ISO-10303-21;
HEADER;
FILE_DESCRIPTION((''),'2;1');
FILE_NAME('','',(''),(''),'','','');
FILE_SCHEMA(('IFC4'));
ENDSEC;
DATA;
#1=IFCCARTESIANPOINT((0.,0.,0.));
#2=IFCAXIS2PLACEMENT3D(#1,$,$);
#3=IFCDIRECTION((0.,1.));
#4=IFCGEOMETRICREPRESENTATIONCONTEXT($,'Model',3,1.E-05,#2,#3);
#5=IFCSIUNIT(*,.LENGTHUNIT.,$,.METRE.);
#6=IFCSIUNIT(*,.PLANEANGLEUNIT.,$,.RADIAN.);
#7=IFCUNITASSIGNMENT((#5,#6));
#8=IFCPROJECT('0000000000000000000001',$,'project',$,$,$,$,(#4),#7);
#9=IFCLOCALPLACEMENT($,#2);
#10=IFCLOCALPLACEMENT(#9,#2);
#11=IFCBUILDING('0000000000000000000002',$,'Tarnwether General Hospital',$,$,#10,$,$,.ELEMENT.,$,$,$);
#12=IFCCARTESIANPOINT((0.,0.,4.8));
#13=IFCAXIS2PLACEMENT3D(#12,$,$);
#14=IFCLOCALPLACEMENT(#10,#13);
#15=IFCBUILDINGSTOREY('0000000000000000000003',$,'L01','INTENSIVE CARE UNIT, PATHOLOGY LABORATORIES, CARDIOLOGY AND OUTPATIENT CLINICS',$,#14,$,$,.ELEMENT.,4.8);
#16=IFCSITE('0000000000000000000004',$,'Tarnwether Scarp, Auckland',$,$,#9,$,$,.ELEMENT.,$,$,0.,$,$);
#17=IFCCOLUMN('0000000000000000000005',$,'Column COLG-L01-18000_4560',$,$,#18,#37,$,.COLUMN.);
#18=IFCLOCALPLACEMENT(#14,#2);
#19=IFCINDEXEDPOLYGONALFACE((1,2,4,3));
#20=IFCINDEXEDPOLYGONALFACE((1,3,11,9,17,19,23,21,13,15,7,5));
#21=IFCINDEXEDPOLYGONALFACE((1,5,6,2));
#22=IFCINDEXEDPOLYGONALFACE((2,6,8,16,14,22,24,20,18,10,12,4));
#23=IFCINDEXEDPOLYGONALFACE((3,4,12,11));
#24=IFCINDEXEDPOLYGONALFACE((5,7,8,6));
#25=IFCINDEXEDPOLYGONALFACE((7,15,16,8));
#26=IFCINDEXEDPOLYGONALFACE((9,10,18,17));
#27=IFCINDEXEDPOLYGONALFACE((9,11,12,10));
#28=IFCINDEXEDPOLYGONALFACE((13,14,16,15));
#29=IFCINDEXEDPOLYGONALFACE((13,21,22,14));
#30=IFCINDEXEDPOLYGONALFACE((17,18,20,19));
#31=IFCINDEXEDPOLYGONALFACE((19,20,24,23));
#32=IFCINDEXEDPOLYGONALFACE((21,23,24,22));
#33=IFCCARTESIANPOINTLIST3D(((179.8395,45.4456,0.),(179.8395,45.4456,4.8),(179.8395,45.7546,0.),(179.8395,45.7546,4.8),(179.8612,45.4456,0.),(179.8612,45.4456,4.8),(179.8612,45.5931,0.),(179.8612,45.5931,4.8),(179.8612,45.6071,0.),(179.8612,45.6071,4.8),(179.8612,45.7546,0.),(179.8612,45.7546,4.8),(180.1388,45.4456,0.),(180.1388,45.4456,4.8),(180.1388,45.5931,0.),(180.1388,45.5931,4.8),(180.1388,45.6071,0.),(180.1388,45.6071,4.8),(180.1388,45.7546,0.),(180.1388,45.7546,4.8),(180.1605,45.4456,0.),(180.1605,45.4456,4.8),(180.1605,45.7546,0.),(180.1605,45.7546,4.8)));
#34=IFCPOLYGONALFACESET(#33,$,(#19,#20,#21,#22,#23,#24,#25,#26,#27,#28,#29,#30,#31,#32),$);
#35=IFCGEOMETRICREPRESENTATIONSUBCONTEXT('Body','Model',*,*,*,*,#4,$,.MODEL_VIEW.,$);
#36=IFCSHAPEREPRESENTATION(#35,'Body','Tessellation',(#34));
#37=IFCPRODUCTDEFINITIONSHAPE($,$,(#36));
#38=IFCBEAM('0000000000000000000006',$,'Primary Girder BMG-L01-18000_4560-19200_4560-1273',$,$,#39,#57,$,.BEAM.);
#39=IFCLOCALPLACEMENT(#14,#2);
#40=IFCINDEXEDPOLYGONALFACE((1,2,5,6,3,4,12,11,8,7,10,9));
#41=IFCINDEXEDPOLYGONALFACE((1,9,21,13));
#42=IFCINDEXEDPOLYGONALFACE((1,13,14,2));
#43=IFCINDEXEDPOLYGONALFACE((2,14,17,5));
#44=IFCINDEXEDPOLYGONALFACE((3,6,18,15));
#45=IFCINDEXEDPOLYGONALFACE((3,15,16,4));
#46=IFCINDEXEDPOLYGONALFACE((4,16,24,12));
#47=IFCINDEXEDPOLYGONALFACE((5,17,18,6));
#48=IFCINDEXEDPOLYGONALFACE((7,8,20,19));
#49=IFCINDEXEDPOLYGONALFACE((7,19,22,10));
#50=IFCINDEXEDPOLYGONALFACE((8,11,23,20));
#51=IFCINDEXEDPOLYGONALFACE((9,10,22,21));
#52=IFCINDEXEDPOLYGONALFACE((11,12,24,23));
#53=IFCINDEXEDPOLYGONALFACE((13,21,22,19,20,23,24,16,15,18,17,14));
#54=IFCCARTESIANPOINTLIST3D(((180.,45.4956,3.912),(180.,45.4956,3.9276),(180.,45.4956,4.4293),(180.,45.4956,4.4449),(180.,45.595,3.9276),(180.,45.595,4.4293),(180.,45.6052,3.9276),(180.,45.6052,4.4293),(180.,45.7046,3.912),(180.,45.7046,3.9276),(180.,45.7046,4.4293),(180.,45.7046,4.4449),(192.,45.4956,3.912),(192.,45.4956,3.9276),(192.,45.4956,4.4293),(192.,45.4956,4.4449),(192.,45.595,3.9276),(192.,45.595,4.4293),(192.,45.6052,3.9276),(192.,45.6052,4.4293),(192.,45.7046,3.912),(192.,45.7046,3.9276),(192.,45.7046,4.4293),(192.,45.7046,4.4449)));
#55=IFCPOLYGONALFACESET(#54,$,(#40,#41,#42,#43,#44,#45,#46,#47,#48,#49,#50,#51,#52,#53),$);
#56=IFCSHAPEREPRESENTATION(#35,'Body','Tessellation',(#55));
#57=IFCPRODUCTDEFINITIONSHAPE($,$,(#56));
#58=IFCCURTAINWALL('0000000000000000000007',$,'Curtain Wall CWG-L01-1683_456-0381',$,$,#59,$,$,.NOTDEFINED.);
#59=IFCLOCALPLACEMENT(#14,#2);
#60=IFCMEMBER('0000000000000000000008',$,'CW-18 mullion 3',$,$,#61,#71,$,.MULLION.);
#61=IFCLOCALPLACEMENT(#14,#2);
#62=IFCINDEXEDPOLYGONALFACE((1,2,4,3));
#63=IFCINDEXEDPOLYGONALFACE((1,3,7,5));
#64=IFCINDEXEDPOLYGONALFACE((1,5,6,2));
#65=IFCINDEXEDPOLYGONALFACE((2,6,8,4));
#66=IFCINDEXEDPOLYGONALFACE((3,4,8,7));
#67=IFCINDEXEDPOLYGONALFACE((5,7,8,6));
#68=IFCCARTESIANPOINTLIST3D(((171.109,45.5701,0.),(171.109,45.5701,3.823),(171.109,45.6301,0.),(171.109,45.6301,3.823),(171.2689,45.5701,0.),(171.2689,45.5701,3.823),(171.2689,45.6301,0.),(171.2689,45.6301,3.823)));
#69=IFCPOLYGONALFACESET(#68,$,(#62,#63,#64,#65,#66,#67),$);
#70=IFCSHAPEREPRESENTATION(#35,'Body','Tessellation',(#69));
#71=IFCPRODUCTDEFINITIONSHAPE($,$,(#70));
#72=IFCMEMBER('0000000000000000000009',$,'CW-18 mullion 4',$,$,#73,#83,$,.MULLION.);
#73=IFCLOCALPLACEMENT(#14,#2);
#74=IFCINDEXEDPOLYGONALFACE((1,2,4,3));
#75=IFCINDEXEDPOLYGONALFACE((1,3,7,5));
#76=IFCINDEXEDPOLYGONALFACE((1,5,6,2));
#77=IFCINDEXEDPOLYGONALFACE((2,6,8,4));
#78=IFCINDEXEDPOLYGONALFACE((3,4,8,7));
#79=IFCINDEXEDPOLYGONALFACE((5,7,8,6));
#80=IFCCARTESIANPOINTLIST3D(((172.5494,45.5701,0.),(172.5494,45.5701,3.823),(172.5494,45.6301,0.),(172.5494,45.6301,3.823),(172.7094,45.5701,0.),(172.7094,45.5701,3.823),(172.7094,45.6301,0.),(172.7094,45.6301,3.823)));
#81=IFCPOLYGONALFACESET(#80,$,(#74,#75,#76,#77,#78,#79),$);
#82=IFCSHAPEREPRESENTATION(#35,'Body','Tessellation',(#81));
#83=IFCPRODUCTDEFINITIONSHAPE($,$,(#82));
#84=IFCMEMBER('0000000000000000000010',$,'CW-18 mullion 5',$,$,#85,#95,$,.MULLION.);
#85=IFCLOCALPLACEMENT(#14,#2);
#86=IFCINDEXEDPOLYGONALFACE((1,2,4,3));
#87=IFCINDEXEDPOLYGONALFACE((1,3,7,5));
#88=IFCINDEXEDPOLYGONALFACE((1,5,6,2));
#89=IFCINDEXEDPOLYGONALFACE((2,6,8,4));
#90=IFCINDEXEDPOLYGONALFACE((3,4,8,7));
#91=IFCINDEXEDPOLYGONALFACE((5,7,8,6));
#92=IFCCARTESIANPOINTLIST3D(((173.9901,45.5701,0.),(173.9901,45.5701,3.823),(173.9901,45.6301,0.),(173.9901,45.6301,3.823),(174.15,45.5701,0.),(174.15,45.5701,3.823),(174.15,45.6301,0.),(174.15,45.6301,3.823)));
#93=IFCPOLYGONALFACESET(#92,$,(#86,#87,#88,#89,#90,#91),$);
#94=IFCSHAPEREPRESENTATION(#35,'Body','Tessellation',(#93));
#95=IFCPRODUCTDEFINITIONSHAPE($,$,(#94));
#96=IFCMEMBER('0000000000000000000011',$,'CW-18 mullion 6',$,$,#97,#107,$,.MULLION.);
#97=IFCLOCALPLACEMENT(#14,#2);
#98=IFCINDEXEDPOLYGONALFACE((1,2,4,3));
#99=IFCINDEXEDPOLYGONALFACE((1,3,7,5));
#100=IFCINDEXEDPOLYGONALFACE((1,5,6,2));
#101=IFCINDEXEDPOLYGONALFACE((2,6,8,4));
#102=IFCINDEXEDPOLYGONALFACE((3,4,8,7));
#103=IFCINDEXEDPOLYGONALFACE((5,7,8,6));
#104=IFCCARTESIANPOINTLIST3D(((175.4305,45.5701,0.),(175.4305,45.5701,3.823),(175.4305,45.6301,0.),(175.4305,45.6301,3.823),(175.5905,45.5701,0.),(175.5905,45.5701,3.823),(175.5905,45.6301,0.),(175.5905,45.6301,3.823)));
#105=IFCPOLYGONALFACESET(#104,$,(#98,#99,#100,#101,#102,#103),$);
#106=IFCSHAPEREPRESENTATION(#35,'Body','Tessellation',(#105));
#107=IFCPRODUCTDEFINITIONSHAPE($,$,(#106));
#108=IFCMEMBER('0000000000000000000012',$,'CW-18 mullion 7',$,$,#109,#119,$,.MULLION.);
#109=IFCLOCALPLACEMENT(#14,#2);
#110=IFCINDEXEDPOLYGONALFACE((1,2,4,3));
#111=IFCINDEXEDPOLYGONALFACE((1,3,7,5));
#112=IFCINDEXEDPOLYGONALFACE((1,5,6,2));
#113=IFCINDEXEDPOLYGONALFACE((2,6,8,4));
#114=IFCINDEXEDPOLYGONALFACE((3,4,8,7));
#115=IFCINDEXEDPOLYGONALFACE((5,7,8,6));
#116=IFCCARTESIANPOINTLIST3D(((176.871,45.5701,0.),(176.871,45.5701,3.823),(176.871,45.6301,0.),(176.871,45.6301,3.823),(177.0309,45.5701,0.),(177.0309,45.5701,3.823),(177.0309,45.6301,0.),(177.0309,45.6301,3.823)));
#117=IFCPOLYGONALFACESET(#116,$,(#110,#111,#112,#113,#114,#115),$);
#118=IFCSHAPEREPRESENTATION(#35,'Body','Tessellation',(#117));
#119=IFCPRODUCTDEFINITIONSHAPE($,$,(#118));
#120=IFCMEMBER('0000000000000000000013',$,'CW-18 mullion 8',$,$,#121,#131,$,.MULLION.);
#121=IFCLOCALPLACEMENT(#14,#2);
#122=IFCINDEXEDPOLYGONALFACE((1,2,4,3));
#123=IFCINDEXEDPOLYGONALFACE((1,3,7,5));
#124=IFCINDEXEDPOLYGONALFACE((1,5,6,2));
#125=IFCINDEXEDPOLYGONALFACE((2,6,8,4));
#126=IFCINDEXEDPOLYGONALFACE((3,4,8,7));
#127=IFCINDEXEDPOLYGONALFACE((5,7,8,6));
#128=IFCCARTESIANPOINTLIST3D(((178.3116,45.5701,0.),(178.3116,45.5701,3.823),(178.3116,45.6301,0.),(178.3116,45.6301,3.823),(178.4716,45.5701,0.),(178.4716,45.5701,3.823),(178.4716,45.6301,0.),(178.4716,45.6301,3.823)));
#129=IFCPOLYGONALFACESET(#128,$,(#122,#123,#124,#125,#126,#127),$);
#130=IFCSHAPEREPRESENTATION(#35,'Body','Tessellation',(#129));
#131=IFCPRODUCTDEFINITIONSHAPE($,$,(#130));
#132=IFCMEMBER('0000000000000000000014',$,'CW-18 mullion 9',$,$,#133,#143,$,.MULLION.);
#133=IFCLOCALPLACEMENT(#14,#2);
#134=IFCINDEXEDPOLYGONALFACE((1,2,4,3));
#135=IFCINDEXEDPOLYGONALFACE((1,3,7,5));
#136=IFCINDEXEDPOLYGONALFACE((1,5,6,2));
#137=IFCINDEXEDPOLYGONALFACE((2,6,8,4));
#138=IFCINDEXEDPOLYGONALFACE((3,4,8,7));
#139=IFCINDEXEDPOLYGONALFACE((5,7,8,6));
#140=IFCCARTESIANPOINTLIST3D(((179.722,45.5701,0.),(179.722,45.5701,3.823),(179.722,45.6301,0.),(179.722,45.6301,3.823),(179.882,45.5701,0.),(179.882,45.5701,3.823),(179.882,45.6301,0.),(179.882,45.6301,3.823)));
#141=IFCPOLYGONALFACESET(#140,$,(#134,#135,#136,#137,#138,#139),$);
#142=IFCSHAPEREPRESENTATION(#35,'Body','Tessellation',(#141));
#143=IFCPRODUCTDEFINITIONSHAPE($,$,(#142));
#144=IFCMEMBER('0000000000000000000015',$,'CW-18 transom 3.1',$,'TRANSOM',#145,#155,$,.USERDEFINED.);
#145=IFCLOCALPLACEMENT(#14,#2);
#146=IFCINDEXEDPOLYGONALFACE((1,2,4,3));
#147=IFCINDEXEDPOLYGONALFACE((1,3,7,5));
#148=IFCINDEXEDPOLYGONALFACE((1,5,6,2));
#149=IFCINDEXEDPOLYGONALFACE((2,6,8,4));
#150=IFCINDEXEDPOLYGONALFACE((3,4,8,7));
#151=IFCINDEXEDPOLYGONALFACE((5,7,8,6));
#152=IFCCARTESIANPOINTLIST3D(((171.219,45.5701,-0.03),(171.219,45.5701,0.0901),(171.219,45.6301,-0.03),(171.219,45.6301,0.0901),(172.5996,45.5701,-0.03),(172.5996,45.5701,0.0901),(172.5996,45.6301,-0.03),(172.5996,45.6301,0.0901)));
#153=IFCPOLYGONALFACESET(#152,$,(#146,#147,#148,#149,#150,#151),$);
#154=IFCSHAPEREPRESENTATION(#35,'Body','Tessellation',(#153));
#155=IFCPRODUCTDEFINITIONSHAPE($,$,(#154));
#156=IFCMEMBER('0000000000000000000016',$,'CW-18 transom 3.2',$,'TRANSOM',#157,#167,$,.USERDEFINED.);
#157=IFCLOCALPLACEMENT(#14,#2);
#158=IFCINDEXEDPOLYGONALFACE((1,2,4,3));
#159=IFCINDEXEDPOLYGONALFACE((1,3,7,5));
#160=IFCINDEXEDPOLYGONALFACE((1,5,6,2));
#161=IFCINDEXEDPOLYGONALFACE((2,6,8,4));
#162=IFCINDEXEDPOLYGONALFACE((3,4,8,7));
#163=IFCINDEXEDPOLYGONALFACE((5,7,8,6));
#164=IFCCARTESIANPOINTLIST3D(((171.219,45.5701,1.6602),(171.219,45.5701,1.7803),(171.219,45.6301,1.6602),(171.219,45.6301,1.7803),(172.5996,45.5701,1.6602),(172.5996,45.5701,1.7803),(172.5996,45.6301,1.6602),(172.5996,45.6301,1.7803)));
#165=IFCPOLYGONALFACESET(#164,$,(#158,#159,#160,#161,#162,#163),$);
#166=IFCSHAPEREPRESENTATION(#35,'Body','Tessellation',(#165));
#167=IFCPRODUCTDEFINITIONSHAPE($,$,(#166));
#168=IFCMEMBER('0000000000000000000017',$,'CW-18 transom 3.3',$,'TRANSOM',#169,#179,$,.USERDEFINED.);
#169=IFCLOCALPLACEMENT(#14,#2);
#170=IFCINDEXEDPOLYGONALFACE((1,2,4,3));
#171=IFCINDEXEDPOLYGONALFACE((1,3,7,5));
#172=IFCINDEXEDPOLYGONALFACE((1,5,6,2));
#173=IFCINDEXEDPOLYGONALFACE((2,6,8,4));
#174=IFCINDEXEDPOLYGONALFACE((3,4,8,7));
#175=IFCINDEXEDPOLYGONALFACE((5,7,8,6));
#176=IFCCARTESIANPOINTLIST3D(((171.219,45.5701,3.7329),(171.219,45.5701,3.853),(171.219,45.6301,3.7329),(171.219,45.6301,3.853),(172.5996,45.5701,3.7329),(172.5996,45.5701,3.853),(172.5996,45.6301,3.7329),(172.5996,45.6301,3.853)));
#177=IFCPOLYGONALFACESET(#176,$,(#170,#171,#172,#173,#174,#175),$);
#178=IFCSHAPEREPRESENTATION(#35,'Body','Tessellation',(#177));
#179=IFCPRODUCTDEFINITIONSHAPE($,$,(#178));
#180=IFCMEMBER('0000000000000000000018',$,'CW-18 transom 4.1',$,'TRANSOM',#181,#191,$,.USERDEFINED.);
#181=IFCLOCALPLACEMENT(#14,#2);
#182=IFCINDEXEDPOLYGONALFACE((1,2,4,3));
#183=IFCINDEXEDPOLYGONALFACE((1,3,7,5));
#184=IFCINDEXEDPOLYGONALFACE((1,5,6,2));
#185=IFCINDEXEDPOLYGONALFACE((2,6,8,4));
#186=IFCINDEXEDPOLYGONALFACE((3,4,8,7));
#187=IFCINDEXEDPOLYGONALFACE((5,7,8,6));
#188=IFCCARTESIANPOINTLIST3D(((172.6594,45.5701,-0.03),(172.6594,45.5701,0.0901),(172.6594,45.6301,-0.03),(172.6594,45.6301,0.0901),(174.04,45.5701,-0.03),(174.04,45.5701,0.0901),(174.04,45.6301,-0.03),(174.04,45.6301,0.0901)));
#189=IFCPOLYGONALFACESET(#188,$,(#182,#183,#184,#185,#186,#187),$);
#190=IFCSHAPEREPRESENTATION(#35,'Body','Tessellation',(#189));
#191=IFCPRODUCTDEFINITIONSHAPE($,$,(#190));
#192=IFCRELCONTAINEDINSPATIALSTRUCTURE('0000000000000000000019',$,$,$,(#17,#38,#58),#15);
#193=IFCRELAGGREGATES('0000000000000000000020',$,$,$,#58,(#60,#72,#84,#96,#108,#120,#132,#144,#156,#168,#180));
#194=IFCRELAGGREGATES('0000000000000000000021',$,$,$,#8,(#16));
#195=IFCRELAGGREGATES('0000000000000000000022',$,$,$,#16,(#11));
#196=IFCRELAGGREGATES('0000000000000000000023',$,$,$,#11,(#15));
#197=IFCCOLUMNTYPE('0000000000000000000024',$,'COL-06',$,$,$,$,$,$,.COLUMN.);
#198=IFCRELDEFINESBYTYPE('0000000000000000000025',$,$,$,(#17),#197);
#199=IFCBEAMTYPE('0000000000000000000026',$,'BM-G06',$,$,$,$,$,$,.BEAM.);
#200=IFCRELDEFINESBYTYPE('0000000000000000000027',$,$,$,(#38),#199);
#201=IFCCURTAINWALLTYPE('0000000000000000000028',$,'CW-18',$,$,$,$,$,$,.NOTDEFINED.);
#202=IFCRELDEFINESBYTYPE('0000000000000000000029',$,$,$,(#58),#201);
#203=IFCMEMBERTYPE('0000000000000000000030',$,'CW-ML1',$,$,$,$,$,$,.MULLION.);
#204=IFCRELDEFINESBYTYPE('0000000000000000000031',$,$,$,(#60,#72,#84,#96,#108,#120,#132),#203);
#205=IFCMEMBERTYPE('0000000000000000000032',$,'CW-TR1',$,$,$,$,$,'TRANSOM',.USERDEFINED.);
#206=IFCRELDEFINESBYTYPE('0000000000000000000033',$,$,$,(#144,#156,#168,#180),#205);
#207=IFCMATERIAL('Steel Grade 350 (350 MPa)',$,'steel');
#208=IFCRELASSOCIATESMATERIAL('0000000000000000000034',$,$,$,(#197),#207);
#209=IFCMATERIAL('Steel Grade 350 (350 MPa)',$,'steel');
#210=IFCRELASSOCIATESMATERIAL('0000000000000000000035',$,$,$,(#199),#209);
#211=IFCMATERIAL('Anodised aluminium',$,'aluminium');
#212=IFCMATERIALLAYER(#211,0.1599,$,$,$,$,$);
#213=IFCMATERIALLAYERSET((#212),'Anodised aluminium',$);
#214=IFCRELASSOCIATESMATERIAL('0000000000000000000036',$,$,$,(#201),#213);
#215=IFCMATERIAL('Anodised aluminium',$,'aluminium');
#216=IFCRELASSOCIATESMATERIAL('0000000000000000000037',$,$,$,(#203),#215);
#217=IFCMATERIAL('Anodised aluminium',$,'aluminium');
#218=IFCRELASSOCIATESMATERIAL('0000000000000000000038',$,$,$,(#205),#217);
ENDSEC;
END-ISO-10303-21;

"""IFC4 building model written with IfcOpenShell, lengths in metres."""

from ifc_helpers import new_model, si_unit, direction, frame, origin, origin_2d, place, context, subcontext, project, spatial, rectangle, i_section, extrude, material, layer, layer_set, material_profile, profile_set, type_object, element, aggregate, save


model = new_model("IFC4")

# Units and contexts
model_context = context("Model", 3, precision=1e-05, world=origin(), true_north=direction((0.0, 1.0)))
body_context = subcontext(model_context, "Body", "Model", "MODEL_VIEW")
ifc_project = project(units=[si_unit("LENGTHUNIT", "METRE"), si_unit("PLANEANGLEUNIT", "RADIAN")], contexts=[model_context])

# Site, building, storey
site_placement = place(None, origin())
site = spatial("IfcSite", under=ifc_project, at=site_placement, Name="Tarnwether Scarp, Auckland", CompositionType="ELEMENT", RefElevation=0.0)
building_placement = place(site_placement, origin())
building = spatial("IfcBuilding", under=site, at=building_placement, Name="Tarnwether General Hospital", CompositionType="ELEMENT")
storey_placement = place(building_placement, frame((0.0, 0.0, 4.8)))
storey = spatial("IfcBuildingStorey", under=building, at=storey_placement, Name="L01", Description="INTENSIVE CARE UNIT, PATHOLOGY LABORATORIES, CARDIOLOGY AND OUTPATIENT CLINICS", CompositionType="ELEMENT", Elevation=4.8)

# Column
ifc_material_1 = material(Name="Steel Grade 350 (350 MPa)", Category="steel")
ifc_material_profile_1 = material_profile(ifc_material_1, i_section(OverallWidth=0.3091, OverallDepth=0.321, WebThickness=0.0139, FlangeThickness=0.0217, at=origin_2d()), Name="310UC137")
ifc_profile_set_1 = profile_set([ifc_material_profile_1], Name="Steel Grade 350 (350 MPa)")
column_type = type_object("IfcColumnType", Name="COL-06", PredefinedType="COLUMN", material=ifc_profile_set_1)
column_placement = place(storey_placement, frame((180.0, 45.6001, 0.0), z_axis=(0.0, 0.0, 1.0), x_axis=(0.0, 1.0, 0.0)))
element("IfcColumn", 1, at=column_placement, inside=storey, type_object=column_type, Name="Column COLG-L01-18000_4560", PredefinedType="COLUMN", context=body_context, shape_type="SweptSolid", body=[
    extrude(i_section(OverallWidth=0.3091, OverallDepth=0.321, WebThickness=0.0139, FlangeThickness=0.0217, at=origin_2d()), origin(), (0.0, 0.0, 1.0), 4.8),
])

# Beam
ifc_material_2 = material(Name="Steel Grade 350 (350 MPa)", Category="steel")
ifc_material_profile_2 = material_profile(ifc_material_2, i_section(OverallWidth=0.209, OverallDepth=0.533, WebThickness=0.0103, FlangeThickness=0.0156, at=origin_2d()), Name="530UB92.4")
ifc_profile_set_2 = profile_set([ifc_material_profile_2], Name="Steel Grade 350 (350 MPa)")
beam_type = type_object("IfcBeamType", Name="BM-G06", PredefinedType="BEAM", material=ifc_profile_set_2)
beam_placement = place(storey_placement, frame((180.0, 45.6001, 4.1785), z_axis=(1.0, 0.0, 0.0), x_axis=(0.0, 1.0, 0.0)))
element("IfcBeam", 2, at=beam_placement, inside=storey, type_object=beam_type, Name="Primary Girder BMG-L01-18000_4560-19200_4560-1273", PredefinedType="BEAM", context=body_context, shape_type="SweptSolid", body=[
    extrude(i_section(OverallWidth=0.209, OverallDepth=0.533, WebThickness=0.0103, FlangeThickness=0.0156, at=origin_2d()), origin(), (0.0, 0.0, 1.0), 12.0),
])

# Curtain wall, members
ifc_material_3 = material(Name="Anodised aluminium", Category="aluminium")
ifc_layer_1 = layer(ifc_material_3, 0.1599)
ifc_layer_set_1 = layer_set([ifc_layer_1], Name="Anodised aluminium")
curtain_wall_type = type_object("IfcCurtainWallType", Name="CW-18", PredefinedType="NOTDEFINED", material=ifc_layer_set_1)
curtain_wall_placement = place(storey_placement, origin())
curtain_wall = element("IfcCurtainWall", 3, at=curtain_wall_placement, inside=storey, type_object=curtain_wall_type, Name="Curtain Wall CWG-L01-1683_456-0381", PredefinedType="NOTDEFINED")
ifc_material_4 = material(Name="Anodised aluminium", Category="aluminium")
ifc_material_profile_3 = material_profile(ifc_material_4, rectangle(XDim=0.0601, YDim=0.1599, at=origin_2d()), Name="ALU-MUL-60x160")
ifc_profile_set_3 = profile_set([ifc_material_profile_3], Name="Anodised aluminium")
member_type_1 = type_object("IfcMemberType", Name="CW-ML1", PredefinedType="MULLION", material=ifc_profile_set_3)
member_1_placement = place(storey_placement, frame((171.189, 45.6001, 0.0), z_axis=(0.0, 0.0, 1.0), x_axis=(0.0, 1.0, 0.0)))
member_1 = element("IfcMember", 4, at=member_1_placement, type_object=member_type_1, Name="CW-18 mullion 3", PredefinedType="MULLION", context=body_context, shape_type="SweptSolid", body=[
    extrude(rectangle(XDim=0.0601, YDim=0.1599, at=origin_2d()), origin(), (0.0, 0.0, 1.0), 3.823),
])
member_2_placement = place(storey_placement, frame((172.6294, 45.6001, 0.0), z_axis=(0.0, 0.0, 1.0), x_axis=(0.0, 1.0, 0.0)))
member_2 = element("IfcMember", 5, at=member_2_placement, type_object=member_type_1, Name="CW-18 mullion 4", PredefinedType="MULLION", context=body_context, shape_type="SweptSolid", body=[
    extrude(rectangle(XDim=0.0601, YDim=0.1599, at=origin_2d()), origin(), (0.0, 0.0, 1.0), 3.823),
])
member_3_placement = place(storey_placement, frame((174.0701, 45.6001, 0.0), z_axis=(0.0, 0.0, 1.0), x_axis=(0.0, 1.0, 0.0)))
member_3 = element("IfcMember", 6, at=member_3_placement, type_object=member_type_1, Name="CW-18 mullion 5", PredefinedType="MULLION", context=body_context, shape_type="SweptSolid", body=[
    extrude(rectangle(XDim=0.0601, YDim=0.1599, at=origin_2d()), origin(), (0.0, 0.0, 1.0), 3.823),
])
member_4_placement = place(storey_placement, frame((175.5105, 45.6001, 0.0), z_axis=(0.0, 0.0, 1.0), x_axis=(0.0, 1.0, 0.0)))
member_4 = element("IfcMember", 7, at=member_4_placement, type_object=member_type_1, Name="CW-18 mullion 6", PredefinedType="MULLION", context=body_context, shape_type="SweptSolid", body=[
    extrude(rectangle(XDim=0.0601, YDim=0.1599, at=origin_2d()), origin(), (0.0, 0.0, 1.0), 3.823),
])
member_5_placement = place(storey_placement, frame((176.9509, 45.6001, 0.0), z_axis=(0.0, 0.0, 1.0), x_axis=(0.0, 1.0, 0.0)))
member_5 = element("IfcMember", 8, at=member_5_placement, type_object=member_type_1, Name="CW-18 mullion 7", PredefinedType="MULLION", context=body_context, shape_type="SweptSolid", body=[
    extrude(rectangle(XDim=0.0601, YDim=0.1599, at=origin_2d()), origin(), (0.0, 0.0, 1.0), 3.823),
])
member_6_placement = place(storey_placement, frame((178.3916, 45.6001, 0.0), z_axis=(0.0, 0.0, 1.0), x_axis=(0.0, 1.0, 0.0)))
member_6 = element("IfcMember", 9, at=member_6_placement, type_object=member_type_1, Name="CW-18 mullion 8", PredefinedType="MULLION", context=body_context, shape_type="SweptSolid", body=[
    extrude(rectangle(XDim=0.0601, YDim=0.1599, at=origin_2d()), origin(), (0.0, 0.0, 1.0), 3.823),
])
member_7_placement = place(storey_placement, frame((179.802, 45.6001, 0.0), z_axis=(0.0, 0.0, 1.0), x_axis=(0.0, 1.0, 0.0)))
member_7 = element("IfcMember", 10, at=member_7_placement, type_object=member_type_1, Name="CW-18 mullion 9", PredefinedType="MULLION", context=body_context, shape_type="SweptSolid", body=[
    extrude(rectangle(XDim=0.0601, YDim=0.1599, at=origin_2d()), origin(), (0.0, 0.0, 1.0), 3.823),
])
ifc_material_5 = material(Name="Anodised aluminium", Category="aluminium")
ifc_material_profile_4 = material_profile(ifc_material_5, rectangle(XDim=0.0601, YDim=0.1201, at=origin_2d()), Name="ALU-TRN-60x120")
ifc_profile_set_4 = profile_set([ifc_material_profile_4], Name="Anodised aluminium")
member_type_2 = type_object("IfcMemberType", Name="CW-TR1", ElementType="TRANSOM", PredefinedType="USERDEFINED", material=ifc_profile_set_4)
member_8_placement = place(storey_placement, frame((171.219, 45.6001, 0.03), z_axis=(1.0, 0.0, 0.0), x_axis=(0.0, 1.0, 0.0)))
member_8 = element("IfcMember", 11, at=member_8_placement, type_object=member_type_2, Name="CW-18 transom 3.1", ObjectType="TRANSOM", PredefinedType="USERDEFINED", context=body_context, shape_type="SweptSolid", body=[
    extrude(rectangle(XDim=0.0601, YDim=0.1201, at=origin_2d()), origin(), (0.0, 0.0, 1.0), 1.3806),
])
member_9_placement = place(storey_placement, frame((171.219, 45.6001, 1.7202), z_axis=(1.0, 0.0, 0.0), x_axis=(0.0, 1.0, 0.0)))
member_9 = element("IfcMember", 12, at=member_9_placement, type_object=member_type_2, Name="CW-18 transom 3.2", ObjectType="TRANSOM", PredefinedType="USERDEFINED", context=body_context, shape_type="SweptSolid", body=[
    extrude(rectangle(XDim=0.0601, YDim=0.1201, at=origin_2d()), origin(), (0.0, 0.0, 1.0), 1.3806),
])
member_10_placement = place(storey_placement, frame((171.219, 45.6001, 3.793), z_axis=(1.0, 0.0, 0.0), x_axis=(0.0, 1.0, 0.0)))
member_10 = element("IfcMember", 13, at=member_10_placement, type_object=member_type_2, Name="CW-18 transom 3.3", ObjectType="TRANSOM", PredefinedType="USERDEFINED", context=body_context, shape_type="SweptSolid", body=[
    extrude(rectangle(XDim=0.0601, YDim=0.1201, at=origin_2d()), origin(), (0.0, 0.0, 1.0), 1.3806),
])
member_11_placement = place(storey_placement, frame((172.6594, 45.6001, 0.03), z_axis=(1.0, 0.0, 0.0), x_axis=(0.0, 1.0, 0.0)))
member_11 = element("IfcMember", 14, at=member_11_placement, type_object=member_type_2, Name="CW-18 transom 4.1", ObjectType="TRANSOM", PredefinedType="USERDEFINED", context=body_context, shape_type="SweptSolid", body=[
    extrude(rectangle(XDim=0.0601, YDim=0.1201, at=origin_2d()), origin(), (0.0, 0.0, 1.0), 1.3806),
])
aggregate(curtain_wall, [member_1, member_2, member_3, member_4, member_5, member_6, member_7, member_8, member_9, member_10, member_11])

save(model, "model.ifc")
